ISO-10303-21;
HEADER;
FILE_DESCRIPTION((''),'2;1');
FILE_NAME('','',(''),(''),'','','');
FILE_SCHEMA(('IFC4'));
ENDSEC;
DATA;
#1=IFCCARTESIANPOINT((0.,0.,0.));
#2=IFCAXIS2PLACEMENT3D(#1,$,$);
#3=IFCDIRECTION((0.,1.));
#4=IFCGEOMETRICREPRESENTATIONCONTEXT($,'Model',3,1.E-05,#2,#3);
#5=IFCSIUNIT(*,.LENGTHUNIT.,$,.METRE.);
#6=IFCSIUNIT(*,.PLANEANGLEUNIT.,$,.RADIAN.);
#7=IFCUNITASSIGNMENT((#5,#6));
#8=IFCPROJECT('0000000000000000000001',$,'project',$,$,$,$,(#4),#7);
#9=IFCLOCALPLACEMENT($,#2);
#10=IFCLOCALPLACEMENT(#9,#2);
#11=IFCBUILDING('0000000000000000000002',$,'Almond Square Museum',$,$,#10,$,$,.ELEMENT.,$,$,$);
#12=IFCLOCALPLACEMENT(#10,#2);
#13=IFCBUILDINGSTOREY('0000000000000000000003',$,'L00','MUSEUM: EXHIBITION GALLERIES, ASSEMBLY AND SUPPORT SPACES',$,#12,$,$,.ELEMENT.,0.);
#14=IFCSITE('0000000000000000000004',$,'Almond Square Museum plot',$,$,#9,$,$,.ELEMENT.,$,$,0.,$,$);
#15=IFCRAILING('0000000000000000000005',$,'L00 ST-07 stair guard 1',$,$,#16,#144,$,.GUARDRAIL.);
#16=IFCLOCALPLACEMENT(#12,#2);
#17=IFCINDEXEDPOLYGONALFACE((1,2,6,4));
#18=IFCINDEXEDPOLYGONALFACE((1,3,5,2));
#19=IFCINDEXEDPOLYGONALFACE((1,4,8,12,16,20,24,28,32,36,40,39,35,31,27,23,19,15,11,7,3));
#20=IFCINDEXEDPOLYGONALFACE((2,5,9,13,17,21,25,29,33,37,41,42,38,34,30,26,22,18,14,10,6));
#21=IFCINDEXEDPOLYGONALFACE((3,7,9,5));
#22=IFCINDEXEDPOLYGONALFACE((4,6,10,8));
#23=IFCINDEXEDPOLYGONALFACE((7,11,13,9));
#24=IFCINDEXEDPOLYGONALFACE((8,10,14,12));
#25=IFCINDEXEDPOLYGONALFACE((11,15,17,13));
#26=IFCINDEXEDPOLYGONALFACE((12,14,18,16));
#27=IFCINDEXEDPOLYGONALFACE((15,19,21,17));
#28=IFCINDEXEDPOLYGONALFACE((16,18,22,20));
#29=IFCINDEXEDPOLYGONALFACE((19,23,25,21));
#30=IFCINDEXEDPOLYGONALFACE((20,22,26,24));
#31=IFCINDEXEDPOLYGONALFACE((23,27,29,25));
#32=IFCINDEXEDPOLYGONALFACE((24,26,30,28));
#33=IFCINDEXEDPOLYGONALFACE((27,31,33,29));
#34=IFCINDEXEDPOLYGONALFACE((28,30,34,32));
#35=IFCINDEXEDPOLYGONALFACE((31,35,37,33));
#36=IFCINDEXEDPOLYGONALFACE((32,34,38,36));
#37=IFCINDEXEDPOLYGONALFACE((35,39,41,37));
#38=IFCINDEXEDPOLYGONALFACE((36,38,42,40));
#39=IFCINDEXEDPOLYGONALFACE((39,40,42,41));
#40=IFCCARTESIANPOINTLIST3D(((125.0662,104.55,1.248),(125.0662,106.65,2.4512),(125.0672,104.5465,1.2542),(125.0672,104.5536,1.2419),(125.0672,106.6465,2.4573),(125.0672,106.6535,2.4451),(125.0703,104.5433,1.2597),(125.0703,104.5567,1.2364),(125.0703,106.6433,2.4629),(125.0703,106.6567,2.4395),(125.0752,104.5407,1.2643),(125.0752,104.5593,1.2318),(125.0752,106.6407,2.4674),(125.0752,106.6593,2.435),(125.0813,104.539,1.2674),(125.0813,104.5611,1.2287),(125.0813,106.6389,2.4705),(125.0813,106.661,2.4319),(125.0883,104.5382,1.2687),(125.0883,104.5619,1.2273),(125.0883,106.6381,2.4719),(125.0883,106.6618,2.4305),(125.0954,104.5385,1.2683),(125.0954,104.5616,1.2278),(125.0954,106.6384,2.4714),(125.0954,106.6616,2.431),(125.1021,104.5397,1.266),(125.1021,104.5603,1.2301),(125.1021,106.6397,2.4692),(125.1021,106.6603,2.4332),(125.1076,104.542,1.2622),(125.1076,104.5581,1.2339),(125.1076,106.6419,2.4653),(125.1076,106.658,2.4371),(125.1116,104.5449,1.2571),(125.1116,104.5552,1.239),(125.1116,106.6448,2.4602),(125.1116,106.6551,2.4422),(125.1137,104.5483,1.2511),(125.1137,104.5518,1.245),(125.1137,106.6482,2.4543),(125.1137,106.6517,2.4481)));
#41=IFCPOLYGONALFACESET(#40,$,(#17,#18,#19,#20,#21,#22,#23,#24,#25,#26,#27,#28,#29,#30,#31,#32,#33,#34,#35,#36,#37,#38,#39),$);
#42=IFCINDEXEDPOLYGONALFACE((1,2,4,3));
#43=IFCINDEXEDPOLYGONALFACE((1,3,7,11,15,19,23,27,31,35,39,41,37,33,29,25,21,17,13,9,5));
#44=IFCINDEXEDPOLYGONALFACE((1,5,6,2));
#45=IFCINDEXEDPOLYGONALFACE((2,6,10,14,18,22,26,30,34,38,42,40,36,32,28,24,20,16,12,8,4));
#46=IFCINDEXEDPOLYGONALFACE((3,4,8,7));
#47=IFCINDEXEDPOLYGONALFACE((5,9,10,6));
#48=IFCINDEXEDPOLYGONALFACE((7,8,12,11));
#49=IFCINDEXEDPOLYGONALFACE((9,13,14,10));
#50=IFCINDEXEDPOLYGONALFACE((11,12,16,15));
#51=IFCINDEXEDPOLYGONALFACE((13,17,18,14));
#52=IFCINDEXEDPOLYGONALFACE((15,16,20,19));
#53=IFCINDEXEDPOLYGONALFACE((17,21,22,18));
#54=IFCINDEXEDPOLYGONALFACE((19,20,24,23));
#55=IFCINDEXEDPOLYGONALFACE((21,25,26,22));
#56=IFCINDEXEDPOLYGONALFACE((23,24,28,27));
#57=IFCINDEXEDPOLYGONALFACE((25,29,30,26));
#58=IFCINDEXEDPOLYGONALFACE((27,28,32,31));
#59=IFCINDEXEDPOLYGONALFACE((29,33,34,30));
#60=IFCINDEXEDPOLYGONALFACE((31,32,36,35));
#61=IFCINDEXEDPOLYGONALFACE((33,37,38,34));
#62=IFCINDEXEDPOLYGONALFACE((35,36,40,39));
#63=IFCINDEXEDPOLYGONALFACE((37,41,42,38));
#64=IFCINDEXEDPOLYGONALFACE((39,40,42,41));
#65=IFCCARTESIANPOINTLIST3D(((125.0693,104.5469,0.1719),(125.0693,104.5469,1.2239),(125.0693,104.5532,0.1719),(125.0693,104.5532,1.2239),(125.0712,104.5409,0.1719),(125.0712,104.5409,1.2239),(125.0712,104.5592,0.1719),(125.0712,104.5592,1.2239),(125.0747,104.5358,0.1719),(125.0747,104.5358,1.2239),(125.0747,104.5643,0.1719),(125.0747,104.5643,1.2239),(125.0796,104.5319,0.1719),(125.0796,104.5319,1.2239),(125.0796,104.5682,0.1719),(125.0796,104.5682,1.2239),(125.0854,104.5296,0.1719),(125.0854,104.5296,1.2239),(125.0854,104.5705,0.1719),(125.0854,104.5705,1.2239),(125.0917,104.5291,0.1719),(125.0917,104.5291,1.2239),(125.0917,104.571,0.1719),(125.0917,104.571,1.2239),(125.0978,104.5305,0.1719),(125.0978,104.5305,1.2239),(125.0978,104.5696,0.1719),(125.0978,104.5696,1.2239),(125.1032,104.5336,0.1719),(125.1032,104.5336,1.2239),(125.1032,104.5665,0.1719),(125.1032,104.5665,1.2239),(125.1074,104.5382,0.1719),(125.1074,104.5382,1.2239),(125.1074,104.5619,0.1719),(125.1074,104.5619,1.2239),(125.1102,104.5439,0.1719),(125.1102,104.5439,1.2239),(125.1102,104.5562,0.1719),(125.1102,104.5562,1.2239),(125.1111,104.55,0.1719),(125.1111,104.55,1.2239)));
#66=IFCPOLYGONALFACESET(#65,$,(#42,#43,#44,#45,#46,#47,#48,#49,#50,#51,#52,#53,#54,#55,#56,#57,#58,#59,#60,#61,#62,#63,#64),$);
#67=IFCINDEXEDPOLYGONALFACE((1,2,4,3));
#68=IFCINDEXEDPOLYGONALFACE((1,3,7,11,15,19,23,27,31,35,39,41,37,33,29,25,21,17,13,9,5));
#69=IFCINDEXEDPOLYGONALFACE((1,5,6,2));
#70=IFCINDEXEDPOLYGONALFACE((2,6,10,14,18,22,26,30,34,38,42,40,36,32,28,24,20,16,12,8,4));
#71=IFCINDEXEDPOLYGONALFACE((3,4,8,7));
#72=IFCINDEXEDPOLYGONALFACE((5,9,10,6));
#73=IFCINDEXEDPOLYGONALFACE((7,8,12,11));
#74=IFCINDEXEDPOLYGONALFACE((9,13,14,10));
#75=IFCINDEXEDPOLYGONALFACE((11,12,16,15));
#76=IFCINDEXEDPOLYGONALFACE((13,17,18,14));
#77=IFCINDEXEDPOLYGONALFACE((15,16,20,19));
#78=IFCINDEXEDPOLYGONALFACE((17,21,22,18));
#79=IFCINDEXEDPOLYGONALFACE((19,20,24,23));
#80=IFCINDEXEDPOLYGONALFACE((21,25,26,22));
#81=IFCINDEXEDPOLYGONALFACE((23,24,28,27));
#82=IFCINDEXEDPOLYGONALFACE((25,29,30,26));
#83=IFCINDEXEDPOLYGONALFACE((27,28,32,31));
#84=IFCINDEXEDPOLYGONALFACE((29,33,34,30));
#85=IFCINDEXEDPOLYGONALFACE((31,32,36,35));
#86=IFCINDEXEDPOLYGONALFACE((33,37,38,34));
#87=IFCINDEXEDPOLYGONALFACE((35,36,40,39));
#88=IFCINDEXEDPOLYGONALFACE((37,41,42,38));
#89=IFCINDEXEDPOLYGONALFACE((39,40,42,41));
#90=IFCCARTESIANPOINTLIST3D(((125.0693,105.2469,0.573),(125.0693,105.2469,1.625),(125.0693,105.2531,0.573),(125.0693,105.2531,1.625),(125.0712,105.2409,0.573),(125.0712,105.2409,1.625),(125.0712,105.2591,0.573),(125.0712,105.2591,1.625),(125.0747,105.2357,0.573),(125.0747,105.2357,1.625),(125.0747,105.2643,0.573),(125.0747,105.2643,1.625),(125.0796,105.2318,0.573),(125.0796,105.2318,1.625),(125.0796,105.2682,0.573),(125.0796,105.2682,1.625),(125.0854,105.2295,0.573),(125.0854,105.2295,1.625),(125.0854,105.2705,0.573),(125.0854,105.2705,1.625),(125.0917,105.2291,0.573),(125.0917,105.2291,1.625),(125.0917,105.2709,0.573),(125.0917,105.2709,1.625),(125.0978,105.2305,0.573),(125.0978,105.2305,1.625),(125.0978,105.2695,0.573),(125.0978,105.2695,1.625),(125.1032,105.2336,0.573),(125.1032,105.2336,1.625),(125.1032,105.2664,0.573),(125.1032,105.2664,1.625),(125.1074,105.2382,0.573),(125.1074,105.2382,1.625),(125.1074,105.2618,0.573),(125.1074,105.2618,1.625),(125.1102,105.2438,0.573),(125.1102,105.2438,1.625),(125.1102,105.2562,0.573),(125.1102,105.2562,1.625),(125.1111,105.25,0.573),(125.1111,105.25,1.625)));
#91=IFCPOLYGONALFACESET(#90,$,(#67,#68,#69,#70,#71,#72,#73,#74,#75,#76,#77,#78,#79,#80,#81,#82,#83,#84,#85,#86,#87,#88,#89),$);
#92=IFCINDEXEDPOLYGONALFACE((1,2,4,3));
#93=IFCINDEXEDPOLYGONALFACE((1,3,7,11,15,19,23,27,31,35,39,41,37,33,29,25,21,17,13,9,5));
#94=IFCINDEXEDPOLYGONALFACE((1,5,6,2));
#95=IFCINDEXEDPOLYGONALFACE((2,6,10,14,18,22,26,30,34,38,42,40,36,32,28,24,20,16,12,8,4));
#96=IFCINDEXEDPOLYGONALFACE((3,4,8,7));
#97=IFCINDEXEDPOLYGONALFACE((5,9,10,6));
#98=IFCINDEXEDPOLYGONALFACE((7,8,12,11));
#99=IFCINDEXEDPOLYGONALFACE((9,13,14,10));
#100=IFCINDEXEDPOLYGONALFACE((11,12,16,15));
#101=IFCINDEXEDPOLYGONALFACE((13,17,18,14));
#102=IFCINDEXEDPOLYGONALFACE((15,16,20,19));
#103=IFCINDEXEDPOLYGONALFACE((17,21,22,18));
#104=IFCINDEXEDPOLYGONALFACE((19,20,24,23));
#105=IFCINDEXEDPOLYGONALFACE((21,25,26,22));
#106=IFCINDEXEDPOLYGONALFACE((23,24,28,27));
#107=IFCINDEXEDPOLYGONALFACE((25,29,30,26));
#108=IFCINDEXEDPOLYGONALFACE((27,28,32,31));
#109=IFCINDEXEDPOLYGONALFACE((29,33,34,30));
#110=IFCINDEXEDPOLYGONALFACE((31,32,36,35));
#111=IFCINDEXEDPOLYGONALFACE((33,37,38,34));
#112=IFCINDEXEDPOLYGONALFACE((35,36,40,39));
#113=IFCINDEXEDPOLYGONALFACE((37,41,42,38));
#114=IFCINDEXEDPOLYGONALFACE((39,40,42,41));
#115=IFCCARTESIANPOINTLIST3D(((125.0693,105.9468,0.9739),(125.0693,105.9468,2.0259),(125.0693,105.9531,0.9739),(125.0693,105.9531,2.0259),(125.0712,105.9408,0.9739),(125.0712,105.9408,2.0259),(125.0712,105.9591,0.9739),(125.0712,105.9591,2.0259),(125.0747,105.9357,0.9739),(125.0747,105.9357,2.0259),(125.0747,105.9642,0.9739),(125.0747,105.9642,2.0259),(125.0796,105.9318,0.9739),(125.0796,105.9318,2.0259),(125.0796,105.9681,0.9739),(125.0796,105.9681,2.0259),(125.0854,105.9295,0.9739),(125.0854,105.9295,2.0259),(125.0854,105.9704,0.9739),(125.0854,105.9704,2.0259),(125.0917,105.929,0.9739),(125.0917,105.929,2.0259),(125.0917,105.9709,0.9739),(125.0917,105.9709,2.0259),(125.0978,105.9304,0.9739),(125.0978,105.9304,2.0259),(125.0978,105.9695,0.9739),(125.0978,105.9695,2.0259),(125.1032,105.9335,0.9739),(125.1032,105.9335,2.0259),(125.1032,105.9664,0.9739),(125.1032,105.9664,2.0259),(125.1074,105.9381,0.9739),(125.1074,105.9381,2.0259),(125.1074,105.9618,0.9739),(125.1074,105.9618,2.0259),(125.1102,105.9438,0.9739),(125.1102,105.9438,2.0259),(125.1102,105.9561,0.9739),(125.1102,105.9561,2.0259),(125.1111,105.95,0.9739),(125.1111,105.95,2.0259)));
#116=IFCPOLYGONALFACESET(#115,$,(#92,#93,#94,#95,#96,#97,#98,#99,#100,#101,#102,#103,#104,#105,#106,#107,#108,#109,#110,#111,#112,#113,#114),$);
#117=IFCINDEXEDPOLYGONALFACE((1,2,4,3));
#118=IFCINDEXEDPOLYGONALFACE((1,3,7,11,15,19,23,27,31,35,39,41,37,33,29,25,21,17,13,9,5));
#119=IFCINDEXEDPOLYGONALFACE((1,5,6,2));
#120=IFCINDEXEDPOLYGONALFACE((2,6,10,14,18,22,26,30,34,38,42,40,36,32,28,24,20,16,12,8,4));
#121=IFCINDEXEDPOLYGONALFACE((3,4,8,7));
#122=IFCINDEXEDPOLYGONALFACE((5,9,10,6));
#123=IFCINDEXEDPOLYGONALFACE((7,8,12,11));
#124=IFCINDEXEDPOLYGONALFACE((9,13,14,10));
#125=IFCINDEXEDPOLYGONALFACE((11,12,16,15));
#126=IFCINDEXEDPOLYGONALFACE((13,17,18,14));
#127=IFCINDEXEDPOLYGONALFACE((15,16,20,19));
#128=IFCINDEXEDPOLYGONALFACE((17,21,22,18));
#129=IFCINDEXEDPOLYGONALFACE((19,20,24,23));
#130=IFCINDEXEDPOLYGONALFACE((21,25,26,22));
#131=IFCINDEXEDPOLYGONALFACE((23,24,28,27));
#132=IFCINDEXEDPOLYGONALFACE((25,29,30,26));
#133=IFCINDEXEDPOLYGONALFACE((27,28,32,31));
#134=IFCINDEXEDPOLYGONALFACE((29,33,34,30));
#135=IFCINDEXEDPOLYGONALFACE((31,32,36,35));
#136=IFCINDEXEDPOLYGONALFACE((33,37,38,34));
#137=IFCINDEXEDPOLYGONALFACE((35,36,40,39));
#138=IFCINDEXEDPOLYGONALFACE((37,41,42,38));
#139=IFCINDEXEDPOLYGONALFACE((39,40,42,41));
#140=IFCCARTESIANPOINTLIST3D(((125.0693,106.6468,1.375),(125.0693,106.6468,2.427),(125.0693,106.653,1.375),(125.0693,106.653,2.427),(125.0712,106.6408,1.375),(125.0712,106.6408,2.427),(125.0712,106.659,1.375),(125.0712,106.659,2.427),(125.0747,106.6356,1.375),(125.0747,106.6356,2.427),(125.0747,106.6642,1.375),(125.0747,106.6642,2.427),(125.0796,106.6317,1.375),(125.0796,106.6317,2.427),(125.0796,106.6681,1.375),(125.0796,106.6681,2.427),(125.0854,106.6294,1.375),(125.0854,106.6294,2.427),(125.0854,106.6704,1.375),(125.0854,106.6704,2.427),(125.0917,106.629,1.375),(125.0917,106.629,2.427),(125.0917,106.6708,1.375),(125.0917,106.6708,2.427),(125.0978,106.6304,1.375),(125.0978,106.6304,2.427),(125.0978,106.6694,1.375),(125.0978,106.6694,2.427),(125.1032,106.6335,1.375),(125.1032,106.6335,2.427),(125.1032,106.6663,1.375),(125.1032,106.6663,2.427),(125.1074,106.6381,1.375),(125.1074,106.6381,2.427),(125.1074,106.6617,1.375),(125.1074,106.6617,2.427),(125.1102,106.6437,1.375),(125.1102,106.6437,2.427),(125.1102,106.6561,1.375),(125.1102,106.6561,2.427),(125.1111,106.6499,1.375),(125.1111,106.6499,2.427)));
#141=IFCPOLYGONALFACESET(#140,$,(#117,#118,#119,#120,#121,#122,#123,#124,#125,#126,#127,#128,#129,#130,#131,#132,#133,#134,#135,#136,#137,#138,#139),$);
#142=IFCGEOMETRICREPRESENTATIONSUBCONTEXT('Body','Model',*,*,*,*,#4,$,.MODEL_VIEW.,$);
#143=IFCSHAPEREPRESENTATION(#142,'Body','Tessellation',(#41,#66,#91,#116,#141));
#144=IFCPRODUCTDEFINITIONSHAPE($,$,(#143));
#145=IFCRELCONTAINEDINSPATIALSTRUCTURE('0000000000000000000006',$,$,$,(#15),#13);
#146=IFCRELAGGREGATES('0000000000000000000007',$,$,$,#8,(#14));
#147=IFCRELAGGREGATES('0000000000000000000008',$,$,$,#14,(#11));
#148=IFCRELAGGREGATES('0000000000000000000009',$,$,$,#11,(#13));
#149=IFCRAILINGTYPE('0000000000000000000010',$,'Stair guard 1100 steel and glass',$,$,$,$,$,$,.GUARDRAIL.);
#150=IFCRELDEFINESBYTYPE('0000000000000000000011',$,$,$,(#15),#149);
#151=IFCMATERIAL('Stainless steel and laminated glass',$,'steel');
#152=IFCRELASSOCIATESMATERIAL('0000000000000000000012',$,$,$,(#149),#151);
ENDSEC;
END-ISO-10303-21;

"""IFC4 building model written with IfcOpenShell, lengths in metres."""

from ifc_helpers import new_model, si_unit, direction, frame, origin, origin_2d, place, context, subcontext, project, spatial, circle, extrude, material, type_object, element, save


model = new_model("IFC4")

# Units and contexts
model_context = context("Model", 3, precision=1e-05, world=origin(), true_north=direction((0.0, 1.0)))
body_context = subcontext(model_context, "Body", "Model", "MODEL_VIEW")
ifc_project = project(units=[si_unit("LENGTHUNIT", "METRE"), si_unit("PLANEANGLEUNIT", "RADIAN")], contexts=[model_context])

# Site, building, storey
site_placement = place(None, origin())
site = spatial("IfcSite", under=ifc_project, at=site_placement, Name="Almond Square Museum plot", CompositionType="ELEMENT", RefElevation=0.0)
building_placement = place(site_placement, origin())
building = spatial("IfcBuilding", under=site, at=building_placement, Name="Almond Square Museum", CompositionType="ELEMENT")
storey_placement = place(building_placement, origin())
storey = spatial("IfcBuildingStorey", under=building, at=storey_placement, Name="L00", Description="MUSEUM: EXHIBITION GALLERIES, ASSEMBLY AND SUPPORT SPACES", CompositionType="ELEMENT", Elevation=0.0)

# Railing
ifc_material_1 = material(Name="Stainless steel and laminated glass", Category="steel")
railing_type_1 = type_object("IfcRailingType", Name="Stair guard 1100 steel and glass", PredefinedType="GUARDRAIL", material=ifc_material_1)
railing_1_placement = place(storey_placement, frame((125.0901, 104.55, 0.1719)))
element("IfcRailing", 1, at=railing_1_placement, inside=storey, type_object=railing_type_1, Name="L00 ST-07 stair guard 1", PredefinedType="GUARDRAIL", context=body_context, shape_type="SweptSolid", body=[
    extrude(circle(Radius=0.0239, at=origin_2d()), frame((0.0, 0.0, 1.0762), z_axis=(0.0, 0.867671, 0.497138), x_axis=(-1.0, 0.0, 0.0)), (0.0, 0.0, 1.0), 2.4202),
    extrude(circle(Radius=0.021, at=origin_2d()), origin(), (0.0, 0.0, 1.0), 1.052),
    extrude(circle(Radius=0.021, at=origin_2d()), frame((0.0, 0.7, 0.4011)), (0.0, 0.0, 1.0), 1.052),
    extrude(circle(Radius=0.021, at=origin_2d()), frame((0.0, 1.3999, 0.802)), (0.0, 0.0, 1.0), 1.052),
    extrude(circle(Radius=0.021, at=origin_2d()), frame((0.0, 2.0999, 1.2031)), (0.0, 0.0, 1.0), 1.052),
])

save(model, "model.ifc")
